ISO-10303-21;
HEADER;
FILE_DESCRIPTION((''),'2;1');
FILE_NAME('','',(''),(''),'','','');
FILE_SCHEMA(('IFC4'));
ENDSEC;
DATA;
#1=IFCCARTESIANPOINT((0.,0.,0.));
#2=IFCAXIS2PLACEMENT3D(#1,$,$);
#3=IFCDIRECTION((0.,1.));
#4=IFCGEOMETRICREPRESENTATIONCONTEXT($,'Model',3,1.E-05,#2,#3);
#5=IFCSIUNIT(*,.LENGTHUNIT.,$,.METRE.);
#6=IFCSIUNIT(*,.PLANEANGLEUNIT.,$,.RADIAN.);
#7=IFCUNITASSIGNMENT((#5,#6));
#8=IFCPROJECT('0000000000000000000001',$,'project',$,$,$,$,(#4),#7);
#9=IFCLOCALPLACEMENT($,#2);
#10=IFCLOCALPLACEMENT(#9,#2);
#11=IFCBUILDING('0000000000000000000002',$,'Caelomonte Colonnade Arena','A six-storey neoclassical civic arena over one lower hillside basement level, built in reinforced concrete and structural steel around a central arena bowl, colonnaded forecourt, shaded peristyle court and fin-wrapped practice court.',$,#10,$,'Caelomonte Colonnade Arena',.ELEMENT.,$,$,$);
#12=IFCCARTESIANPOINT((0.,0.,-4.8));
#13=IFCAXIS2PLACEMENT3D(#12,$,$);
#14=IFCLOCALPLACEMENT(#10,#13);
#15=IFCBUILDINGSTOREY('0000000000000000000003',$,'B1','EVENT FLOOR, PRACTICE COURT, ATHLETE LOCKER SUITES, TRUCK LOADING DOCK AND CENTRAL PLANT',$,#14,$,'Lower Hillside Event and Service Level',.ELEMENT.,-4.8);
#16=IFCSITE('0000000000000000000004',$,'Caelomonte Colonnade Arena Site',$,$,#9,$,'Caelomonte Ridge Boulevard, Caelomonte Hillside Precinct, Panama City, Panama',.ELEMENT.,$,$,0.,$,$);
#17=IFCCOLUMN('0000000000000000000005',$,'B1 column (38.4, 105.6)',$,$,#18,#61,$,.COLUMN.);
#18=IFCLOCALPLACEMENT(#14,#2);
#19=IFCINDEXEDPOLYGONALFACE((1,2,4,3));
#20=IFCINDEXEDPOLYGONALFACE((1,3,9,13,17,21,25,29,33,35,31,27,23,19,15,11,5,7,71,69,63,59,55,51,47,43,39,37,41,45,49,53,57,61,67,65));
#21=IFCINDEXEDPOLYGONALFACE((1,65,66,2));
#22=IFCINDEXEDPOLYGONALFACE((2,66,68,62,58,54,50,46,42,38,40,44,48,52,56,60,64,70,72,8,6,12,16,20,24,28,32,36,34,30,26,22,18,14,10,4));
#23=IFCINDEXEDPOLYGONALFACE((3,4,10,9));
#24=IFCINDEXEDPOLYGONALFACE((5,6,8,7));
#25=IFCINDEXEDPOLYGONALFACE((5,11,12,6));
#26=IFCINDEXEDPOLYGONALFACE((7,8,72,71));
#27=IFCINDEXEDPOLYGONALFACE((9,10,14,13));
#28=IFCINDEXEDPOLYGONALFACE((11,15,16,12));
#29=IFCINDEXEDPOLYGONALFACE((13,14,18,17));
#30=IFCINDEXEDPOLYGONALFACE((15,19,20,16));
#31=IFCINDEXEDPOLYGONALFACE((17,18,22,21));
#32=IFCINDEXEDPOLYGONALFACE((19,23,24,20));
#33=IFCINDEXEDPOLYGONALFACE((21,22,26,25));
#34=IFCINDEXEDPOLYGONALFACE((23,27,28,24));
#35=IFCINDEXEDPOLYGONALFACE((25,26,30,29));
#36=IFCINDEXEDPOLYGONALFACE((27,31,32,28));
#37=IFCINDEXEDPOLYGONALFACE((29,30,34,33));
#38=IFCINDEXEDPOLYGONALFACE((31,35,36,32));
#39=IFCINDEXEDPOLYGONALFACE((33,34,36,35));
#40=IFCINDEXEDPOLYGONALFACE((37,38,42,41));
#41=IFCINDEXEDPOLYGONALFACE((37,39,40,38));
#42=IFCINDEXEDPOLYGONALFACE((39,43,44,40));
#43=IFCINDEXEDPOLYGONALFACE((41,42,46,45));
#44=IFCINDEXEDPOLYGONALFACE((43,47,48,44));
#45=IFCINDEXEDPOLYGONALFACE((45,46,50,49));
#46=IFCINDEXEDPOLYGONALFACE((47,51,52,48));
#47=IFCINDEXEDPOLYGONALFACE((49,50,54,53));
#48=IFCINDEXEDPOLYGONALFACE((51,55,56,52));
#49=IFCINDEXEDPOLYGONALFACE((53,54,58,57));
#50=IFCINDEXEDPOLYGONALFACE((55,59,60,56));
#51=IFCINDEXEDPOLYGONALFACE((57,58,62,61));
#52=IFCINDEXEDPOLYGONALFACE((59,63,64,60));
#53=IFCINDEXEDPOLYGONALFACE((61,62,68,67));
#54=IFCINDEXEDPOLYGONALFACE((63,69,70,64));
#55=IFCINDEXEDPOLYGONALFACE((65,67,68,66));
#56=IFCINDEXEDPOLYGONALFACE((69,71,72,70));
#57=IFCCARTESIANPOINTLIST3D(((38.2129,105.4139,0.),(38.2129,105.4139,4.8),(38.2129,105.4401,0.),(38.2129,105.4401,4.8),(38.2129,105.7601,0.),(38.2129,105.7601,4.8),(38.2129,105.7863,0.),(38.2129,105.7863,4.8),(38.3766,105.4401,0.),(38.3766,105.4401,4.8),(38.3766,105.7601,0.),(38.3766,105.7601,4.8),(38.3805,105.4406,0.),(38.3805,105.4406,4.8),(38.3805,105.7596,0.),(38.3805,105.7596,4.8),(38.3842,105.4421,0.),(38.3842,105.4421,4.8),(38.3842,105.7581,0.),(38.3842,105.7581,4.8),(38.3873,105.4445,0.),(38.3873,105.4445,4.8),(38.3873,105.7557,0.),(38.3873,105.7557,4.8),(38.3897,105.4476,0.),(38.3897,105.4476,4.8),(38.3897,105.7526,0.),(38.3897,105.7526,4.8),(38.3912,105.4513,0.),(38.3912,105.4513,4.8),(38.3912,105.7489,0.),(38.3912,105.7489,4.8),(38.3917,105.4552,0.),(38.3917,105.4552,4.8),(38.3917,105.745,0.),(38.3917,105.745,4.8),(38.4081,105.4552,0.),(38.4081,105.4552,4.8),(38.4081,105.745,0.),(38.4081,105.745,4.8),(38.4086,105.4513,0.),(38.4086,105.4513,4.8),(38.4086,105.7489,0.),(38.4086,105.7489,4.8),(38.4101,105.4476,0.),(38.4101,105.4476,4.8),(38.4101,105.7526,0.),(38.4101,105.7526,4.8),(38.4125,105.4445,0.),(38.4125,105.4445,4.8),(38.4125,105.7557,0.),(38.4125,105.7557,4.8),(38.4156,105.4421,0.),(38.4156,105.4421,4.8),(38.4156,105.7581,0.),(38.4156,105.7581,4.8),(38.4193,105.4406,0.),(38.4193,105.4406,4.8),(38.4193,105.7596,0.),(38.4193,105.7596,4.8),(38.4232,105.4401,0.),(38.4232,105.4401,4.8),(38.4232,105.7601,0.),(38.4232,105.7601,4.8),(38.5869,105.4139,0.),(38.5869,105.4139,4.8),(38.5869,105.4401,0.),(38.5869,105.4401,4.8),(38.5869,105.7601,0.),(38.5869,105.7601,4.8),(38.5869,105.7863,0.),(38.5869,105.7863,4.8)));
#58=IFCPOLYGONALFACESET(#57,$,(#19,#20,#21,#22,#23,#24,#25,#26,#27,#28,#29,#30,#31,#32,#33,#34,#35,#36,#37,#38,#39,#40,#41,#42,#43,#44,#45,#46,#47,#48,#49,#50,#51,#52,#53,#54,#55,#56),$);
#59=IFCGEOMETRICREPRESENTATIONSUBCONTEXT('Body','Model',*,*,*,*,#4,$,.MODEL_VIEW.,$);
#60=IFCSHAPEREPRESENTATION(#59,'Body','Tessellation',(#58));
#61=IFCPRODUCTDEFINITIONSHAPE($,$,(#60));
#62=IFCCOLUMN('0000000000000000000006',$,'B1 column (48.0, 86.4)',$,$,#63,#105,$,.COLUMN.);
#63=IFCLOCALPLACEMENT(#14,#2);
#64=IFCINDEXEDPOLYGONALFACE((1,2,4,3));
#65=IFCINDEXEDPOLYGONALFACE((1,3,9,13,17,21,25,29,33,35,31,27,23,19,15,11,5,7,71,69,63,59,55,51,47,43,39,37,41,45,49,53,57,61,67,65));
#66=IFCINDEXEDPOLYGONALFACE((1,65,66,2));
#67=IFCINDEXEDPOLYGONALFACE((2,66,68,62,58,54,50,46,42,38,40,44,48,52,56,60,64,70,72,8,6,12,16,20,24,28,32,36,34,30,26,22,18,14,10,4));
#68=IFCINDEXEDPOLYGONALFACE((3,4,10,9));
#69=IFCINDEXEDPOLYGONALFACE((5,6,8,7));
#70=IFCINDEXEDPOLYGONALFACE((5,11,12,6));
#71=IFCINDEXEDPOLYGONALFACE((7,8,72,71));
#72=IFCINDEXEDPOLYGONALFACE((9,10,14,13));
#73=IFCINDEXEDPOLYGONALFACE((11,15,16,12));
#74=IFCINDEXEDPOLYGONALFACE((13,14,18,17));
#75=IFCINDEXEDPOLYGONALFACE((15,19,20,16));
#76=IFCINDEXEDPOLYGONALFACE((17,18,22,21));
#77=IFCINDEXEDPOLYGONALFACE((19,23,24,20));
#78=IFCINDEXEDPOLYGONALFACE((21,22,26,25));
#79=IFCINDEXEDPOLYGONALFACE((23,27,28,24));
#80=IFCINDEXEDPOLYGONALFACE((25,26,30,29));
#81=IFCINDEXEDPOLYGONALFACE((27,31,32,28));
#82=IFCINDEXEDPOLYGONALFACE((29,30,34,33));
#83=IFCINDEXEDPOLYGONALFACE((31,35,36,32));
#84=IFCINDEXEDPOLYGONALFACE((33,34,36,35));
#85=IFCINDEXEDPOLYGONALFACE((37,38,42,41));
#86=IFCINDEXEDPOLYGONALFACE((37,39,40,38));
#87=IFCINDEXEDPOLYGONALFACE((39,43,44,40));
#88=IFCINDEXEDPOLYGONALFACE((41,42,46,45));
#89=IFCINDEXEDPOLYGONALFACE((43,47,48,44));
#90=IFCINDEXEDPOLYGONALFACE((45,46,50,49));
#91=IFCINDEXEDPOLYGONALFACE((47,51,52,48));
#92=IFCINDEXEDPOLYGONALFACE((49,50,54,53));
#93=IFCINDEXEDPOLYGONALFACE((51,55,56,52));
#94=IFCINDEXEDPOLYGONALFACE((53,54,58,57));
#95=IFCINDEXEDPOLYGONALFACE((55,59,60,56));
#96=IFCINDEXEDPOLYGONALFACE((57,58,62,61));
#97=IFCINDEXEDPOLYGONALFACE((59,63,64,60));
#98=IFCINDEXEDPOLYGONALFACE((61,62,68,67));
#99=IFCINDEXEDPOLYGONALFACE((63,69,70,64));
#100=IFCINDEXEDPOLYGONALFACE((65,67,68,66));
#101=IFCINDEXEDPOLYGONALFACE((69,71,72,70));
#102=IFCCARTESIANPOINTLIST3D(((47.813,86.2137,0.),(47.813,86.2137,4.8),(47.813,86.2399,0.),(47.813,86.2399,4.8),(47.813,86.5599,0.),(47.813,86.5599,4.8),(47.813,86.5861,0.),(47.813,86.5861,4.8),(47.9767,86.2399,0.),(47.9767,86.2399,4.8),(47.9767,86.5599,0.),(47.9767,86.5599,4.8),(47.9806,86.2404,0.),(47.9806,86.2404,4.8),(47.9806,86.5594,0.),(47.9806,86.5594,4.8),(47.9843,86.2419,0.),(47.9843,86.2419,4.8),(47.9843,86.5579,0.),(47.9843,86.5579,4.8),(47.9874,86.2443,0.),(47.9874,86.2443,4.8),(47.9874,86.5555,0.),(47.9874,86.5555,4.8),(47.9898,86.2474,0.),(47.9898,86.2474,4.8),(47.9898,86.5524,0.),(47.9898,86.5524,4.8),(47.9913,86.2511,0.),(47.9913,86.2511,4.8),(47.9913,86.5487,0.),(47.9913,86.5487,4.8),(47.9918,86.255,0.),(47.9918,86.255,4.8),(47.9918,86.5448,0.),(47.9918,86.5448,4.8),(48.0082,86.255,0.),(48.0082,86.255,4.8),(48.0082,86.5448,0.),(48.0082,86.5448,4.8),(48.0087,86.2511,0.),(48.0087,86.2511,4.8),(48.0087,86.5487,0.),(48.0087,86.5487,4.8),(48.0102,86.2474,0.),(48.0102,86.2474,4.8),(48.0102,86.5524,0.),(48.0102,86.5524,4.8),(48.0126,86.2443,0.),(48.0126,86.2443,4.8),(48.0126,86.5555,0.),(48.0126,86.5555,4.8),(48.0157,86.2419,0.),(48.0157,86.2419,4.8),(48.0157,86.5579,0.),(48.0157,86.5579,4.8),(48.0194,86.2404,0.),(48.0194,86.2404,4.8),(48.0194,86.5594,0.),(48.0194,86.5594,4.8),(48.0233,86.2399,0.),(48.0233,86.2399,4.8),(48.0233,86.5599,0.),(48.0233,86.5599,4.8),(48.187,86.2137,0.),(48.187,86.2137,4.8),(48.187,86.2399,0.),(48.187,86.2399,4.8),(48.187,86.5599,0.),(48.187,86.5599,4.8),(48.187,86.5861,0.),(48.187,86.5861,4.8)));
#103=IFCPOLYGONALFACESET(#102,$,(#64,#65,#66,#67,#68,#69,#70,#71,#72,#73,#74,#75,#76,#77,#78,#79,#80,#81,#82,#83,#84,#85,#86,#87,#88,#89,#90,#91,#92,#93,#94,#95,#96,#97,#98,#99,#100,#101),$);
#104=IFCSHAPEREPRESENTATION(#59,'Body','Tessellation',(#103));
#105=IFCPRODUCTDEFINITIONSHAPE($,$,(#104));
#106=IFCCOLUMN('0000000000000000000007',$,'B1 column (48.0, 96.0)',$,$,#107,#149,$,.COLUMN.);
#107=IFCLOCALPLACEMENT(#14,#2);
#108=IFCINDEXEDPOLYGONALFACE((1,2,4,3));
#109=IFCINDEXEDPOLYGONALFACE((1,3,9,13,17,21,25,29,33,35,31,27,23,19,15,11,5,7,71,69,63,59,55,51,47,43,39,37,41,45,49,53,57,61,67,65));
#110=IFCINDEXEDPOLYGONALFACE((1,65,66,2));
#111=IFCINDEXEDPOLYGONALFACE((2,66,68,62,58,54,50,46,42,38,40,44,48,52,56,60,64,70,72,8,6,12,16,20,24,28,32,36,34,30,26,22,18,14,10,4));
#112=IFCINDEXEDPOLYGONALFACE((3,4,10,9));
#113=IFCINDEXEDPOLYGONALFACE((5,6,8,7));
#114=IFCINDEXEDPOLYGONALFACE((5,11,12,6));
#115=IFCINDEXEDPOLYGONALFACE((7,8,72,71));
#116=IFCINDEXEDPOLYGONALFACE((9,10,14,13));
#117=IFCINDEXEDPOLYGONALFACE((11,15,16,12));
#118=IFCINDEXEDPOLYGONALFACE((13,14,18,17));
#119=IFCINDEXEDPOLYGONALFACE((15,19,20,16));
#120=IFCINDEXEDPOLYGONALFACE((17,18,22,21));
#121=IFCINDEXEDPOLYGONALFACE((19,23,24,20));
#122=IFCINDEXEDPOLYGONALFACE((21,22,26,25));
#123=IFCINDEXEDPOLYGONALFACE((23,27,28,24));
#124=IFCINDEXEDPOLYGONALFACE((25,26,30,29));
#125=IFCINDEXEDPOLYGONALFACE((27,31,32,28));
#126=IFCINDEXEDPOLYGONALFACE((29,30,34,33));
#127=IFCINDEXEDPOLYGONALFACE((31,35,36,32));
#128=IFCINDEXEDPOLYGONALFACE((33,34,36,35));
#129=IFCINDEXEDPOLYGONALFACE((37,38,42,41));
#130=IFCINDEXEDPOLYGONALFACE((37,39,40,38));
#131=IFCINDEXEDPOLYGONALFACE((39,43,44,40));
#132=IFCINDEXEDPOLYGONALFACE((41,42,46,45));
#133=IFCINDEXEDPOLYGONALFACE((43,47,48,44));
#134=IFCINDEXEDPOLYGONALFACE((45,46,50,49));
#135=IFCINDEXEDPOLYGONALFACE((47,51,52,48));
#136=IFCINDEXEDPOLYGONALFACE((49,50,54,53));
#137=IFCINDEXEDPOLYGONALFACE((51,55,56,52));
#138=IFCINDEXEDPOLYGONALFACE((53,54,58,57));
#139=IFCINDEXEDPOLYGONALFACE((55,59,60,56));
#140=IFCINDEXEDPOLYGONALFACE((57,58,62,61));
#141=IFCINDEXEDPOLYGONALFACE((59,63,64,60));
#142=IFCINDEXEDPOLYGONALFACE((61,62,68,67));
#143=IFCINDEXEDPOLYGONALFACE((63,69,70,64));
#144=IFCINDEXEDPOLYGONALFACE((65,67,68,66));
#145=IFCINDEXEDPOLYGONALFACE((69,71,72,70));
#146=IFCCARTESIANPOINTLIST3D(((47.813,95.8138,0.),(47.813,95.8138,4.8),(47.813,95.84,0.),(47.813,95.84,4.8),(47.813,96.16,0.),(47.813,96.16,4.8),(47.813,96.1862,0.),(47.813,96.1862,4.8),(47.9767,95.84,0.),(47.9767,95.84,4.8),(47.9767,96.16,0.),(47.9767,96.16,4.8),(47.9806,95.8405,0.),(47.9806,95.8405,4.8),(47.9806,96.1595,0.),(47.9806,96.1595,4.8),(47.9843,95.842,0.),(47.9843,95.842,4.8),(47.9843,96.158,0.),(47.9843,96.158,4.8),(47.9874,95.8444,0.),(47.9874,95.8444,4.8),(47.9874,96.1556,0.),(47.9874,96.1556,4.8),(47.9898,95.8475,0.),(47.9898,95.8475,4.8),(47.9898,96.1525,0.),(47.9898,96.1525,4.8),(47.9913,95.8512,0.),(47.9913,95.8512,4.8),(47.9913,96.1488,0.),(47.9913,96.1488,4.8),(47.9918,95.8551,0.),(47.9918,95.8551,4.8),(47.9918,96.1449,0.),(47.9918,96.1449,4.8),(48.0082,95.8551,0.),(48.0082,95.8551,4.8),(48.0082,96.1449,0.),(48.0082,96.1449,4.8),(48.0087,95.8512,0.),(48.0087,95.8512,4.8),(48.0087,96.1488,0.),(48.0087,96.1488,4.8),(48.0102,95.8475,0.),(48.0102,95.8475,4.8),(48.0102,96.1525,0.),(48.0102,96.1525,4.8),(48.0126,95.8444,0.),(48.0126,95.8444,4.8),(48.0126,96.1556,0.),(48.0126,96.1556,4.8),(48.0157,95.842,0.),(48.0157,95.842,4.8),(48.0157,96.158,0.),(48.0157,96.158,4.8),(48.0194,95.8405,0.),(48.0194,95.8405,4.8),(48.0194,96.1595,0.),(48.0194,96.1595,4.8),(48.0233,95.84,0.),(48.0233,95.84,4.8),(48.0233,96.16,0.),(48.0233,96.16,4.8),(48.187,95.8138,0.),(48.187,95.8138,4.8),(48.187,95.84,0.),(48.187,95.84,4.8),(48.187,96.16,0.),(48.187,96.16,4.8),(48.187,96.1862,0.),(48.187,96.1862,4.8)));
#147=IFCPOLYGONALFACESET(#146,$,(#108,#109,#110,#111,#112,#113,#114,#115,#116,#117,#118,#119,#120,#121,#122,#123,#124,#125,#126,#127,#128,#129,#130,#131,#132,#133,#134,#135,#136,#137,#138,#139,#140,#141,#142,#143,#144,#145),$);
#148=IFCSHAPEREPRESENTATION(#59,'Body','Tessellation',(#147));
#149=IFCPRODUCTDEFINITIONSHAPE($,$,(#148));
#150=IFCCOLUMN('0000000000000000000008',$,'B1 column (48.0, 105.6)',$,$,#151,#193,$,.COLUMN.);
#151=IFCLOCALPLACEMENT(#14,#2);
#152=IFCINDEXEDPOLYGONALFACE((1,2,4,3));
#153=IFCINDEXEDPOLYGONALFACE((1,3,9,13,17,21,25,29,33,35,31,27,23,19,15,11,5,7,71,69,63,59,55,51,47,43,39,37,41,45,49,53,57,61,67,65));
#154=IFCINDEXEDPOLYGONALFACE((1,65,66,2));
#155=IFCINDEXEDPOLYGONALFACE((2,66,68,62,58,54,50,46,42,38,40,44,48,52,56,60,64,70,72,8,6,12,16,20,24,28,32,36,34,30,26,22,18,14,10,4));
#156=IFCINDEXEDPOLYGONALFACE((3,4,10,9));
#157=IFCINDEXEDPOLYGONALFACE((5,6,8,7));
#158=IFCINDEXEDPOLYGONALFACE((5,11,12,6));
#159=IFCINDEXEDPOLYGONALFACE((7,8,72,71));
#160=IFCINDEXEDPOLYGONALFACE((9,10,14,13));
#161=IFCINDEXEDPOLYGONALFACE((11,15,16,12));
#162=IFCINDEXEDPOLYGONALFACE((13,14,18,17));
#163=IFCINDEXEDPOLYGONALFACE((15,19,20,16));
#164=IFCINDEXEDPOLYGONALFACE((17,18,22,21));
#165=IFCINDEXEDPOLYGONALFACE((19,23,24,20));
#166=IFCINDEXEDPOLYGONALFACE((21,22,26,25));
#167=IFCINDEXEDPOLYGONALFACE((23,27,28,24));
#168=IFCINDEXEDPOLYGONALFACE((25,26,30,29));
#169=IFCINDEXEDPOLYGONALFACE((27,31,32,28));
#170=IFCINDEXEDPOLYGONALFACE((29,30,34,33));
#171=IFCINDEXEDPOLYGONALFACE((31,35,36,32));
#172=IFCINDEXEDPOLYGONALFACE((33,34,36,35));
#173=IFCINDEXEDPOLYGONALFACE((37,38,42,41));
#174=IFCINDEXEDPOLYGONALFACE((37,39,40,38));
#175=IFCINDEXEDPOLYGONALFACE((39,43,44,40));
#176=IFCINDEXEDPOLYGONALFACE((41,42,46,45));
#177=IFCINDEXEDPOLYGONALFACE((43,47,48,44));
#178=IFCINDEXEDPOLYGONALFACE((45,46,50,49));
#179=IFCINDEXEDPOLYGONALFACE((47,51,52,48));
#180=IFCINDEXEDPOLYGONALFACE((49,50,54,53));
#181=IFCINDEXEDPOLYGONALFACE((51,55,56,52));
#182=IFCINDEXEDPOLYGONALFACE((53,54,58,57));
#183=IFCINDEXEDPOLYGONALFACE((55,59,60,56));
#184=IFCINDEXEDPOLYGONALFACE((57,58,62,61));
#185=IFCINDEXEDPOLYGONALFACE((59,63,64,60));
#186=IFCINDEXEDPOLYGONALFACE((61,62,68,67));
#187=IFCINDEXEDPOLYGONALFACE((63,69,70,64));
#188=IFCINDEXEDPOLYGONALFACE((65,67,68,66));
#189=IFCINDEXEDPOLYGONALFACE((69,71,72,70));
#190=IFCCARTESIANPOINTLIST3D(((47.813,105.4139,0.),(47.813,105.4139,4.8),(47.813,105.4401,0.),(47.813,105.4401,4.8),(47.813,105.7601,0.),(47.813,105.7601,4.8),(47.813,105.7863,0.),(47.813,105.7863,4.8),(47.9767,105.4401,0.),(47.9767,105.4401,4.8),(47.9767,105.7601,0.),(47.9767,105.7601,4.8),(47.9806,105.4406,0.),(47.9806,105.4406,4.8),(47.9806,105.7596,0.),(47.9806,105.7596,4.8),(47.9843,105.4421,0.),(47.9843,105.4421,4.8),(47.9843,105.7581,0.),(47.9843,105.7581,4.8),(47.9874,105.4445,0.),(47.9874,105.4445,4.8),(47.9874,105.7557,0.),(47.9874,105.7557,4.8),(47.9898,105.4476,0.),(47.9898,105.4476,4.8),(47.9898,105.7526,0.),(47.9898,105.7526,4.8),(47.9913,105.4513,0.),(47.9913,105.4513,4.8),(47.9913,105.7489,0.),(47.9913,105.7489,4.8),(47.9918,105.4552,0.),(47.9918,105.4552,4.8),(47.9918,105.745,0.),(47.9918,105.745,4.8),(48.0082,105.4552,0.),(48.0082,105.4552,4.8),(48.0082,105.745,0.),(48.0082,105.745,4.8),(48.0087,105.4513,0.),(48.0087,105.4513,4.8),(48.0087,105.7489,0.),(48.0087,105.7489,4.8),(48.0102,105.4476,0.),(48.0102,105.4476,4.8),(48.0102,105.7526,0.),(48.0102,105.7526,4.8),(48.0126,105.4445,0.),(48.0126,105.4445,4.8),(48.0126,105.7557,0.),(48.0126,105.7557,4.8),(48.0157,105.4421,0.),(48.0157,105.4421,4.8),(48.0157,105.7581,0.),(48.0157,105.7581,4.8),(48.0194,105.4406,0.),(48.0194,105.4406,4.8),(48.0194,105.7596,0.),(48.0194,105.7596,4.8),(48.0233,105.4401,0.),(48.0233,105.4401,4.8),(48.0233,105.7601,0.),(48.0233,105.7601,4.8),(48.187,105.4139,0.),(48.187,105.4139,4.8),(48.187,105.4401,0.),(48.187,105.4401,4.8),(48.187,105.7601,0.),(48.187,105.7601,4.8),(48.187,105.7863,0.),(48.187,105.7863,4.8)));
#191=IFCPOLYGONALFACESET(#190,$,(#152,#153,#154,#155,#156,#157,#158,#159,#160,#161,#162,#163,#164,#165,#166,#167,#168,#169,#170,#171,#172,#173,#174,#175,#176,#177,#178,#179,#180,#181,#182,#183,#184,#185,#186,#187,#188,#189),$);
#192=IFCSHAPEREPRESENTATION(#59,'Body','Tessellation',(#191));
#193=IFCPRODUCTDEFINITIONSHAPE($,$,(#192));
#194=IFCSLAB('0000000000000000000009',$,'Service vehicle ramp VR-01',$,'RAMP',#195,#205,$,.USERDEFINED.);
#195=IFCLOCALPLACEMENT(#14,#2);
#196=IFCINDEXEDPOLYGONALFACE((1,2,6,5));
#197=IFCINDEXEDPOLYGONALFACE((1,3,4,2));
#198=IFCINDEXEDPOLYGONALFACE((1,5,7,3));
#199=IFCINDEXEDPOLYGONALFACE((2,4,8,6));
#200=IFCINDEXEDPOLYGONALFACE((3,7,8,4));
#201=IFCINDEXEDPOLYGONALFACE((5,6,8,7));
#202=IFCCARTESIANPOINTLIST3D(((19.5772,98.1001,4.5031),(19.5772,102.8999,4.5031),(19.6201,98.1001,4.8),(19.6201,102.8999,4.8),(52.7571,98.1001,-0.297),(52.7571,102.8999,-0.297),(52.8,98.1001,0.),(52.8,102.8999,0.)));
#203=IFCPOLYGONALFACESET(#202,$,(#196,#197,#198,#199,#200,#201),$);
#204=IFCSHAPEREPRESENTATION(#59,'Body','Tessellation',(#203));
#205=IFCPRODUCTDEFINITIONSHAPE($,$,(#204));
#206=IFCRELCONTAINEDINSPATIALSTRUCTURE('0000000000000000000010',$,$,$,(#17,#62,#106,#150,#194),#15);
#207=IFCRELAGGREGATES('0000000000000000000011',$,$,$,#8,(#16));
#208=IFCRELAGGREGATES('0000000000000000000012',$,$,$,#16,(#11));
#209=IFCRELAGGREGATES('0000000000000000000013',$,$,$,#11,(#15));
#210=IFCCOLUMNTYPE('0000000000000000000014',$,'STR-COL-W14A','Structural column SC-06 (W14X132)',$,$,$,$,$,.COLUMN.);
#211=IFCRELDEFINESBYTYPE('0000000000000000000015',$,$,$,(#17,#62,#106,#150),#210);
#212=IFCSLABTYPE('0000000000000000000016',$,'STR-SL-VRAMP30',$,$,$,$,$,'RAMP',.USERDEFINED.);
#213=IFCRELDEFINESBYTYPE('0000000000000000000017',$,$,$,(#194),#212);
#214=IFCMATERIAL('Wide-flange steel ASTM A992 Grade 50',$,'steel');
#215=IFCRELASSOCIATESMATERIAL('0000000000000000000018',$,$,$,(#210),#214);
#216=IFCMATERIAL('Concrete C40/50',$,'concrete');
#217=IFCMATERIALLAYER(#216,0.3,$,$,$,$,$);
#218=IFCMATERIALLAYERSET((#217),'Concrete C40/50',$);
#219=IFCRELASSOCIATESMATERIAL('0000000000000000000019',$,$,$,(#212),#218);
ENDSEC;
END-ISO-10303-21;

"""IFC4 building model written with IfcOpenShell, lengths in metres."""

from ifc_helpers import new_model, si_unit, direction, frame, origin, origin_2d, place, context, subcontext, project, spatial, polyline, i_section, outline, extrude, material, layer, layer_set, material_profile, profile_set, type_object, element, save


model = new_model("IFC4")

# Units and contexts
model_context = context("Model", 3, precision=1e-05, world=origin(), true_north=direction((0.0, 1.0)))
body_context = subcontext(model_context, "Body", "Model", "MODEL_VIEW")
ifc_project = project(units=[si_unit("LENGTHUNIT", "METRE"), si_unit("PLANEANGLEUNIT", "RADIAN")], contexts=[model_context])

# Site, building, storey
site_placement = place(None, origin())
site = spatial("IfcSite", under=ifc_project, at=site_placement, Name="Caelomonte Colonnade Arena Site", LongName="Caelomonte Ridge Boulevard, Caelomonte Hillside Precinct, Panama City, Panama", CompositionType="ELEMENT", RefElevation=0.0)
building_placement = place(site_placement, origin())
building = spatial("IfcBuilding", under=site, at=building_placement, Name="Caelomonte Colonnade Arena", Description="A six-storey neoclassical civic arena over one lower hillside basement level, built in reinforced concrete and structural steel around a central arena bowl, colonnaded forecourt, shaded peristyle court and fin-wrapped practice court.", LongName="Caelomonte Colonnade Arena", CompositionType="ELEMENT")
storey_placement = place(building_placement, frame((0.0, 0.0, -4.8)))
storey = spatial("IfcBuildingStorey", under=building, at=storey_placement, Name="B1", Description="EVENT FLOOR, PRACTICE COURT, ATHLETE LOCKER SUITES, TRUCK LOADING DOCK AND CENTRAL PLANT", LongName="Lower Hillside Event and Service Level", CompositionType="ELEMENT", Elevation=-4.8)

# Shared definitions
ifc_material_1 = material(Name="Concrete C40/50", Category="concrete")

# Columns
ifc_material_2 = material(Name="Wide-flange steel ASTM A992 Grade 50", Category="steel")
ifc_material_profile_1 = material_profile(ifc_material_2, i_section(OverallWidth=0.374, OverallDepth=0.3723, WebThickness=0.0164, FlangeThickness=0.0261, FilletRadius=0.0151, at=origin_2d()), Name="W14X132")
ifc_profile_set_1 = profile_set([ifc_material_profile_1], Name="Wide-flange steel ASTM A992 Grade 50")
column_type = type_object("IfcColumnType", Name="STR-COL-W14A", Description="Structural column SC-06 (W14X132)", PredefinedType="COLUMN", material=ifc_profile_set_1)
for number, where, z_axis, x_axis, name in (
    (1, (38.3999, 105.6001, 0.0), (0.0, 0.0, 1.0), (1.0, 0.0, 0.0), "B1 column (38.4, 105.6)"),
    (2, (48.0, 86.3999, 0.0), (0.0, 0.0, 1.0), (1.0, 0.0, 0.0), "B1 column (48.0, 86.4)"),
    (3, (48.0, 96.0, 0.0), (0.0, 0.0, 1.0), (1.0, 0.0, 0.0), "B1 column (48.0, 96.0)"),
    (4, (48.0, 105.6001, 0.0), (0.0, 0.0, 1.0), (1.0, 0.0, 0.0), "B1 column (48.0, 105.6)"),
):
    element("IfcColumn", number, at=place(storey_placement, frame(where, z_axis=z_axis, x_axis=x_axis)), inside=storey, type_object=column_type, Name=name, PredefinedType="COLUMN", context=body_context, shape_type="SweptSolid", body=[
        extrude(i_section(OverallWidth=0.374, OverallDepth=0.3723, WebThickness=0.0164, FlangeThickness=0.0261, FilletRadius=0.0151, at=origin_2d()), origin(), (0.0, 0.0, 1.0), 4.8),
    ])

# Slab
ifc_layer_1 = layer(ifc_material_1, 0.3)
ifc_layer_set_1 = layer_set([ifc_layer_1], Name="Concrete C40/50")
slab_type = type_object("IfcSlabType", Name="STR-SL-VRAMP30", ElementType="RAMP", PredefinedType="USERDEFINED", material=ifc_layer_set_1)
slab_placement = place(storey_placement, frame((52.8, 98.1001, 0.0), z_axis=(0.143177, 0.0, 0.989697), x_axis=(0.0, 1.0, 0.0)))
element("IfcSlab", 5, at=slab_placement, inside=storey, type_object=slab_type, Name="Service vehicle ramp VR-01", ObjectType="RAMP", PredefinedType="USERDEFINED", context=body_context, shape_type="SweptSolid", body=[
    extrude(outline(polyline([(0.0, 0.0), (4.7998, 0.0), (4.7998, 33.5253), (0.0, 33.5253), (0.0, 0.0)])), origin(), (0.0, 0.0, -1.0), 0.3),
])

save(model, "model.ifc")
